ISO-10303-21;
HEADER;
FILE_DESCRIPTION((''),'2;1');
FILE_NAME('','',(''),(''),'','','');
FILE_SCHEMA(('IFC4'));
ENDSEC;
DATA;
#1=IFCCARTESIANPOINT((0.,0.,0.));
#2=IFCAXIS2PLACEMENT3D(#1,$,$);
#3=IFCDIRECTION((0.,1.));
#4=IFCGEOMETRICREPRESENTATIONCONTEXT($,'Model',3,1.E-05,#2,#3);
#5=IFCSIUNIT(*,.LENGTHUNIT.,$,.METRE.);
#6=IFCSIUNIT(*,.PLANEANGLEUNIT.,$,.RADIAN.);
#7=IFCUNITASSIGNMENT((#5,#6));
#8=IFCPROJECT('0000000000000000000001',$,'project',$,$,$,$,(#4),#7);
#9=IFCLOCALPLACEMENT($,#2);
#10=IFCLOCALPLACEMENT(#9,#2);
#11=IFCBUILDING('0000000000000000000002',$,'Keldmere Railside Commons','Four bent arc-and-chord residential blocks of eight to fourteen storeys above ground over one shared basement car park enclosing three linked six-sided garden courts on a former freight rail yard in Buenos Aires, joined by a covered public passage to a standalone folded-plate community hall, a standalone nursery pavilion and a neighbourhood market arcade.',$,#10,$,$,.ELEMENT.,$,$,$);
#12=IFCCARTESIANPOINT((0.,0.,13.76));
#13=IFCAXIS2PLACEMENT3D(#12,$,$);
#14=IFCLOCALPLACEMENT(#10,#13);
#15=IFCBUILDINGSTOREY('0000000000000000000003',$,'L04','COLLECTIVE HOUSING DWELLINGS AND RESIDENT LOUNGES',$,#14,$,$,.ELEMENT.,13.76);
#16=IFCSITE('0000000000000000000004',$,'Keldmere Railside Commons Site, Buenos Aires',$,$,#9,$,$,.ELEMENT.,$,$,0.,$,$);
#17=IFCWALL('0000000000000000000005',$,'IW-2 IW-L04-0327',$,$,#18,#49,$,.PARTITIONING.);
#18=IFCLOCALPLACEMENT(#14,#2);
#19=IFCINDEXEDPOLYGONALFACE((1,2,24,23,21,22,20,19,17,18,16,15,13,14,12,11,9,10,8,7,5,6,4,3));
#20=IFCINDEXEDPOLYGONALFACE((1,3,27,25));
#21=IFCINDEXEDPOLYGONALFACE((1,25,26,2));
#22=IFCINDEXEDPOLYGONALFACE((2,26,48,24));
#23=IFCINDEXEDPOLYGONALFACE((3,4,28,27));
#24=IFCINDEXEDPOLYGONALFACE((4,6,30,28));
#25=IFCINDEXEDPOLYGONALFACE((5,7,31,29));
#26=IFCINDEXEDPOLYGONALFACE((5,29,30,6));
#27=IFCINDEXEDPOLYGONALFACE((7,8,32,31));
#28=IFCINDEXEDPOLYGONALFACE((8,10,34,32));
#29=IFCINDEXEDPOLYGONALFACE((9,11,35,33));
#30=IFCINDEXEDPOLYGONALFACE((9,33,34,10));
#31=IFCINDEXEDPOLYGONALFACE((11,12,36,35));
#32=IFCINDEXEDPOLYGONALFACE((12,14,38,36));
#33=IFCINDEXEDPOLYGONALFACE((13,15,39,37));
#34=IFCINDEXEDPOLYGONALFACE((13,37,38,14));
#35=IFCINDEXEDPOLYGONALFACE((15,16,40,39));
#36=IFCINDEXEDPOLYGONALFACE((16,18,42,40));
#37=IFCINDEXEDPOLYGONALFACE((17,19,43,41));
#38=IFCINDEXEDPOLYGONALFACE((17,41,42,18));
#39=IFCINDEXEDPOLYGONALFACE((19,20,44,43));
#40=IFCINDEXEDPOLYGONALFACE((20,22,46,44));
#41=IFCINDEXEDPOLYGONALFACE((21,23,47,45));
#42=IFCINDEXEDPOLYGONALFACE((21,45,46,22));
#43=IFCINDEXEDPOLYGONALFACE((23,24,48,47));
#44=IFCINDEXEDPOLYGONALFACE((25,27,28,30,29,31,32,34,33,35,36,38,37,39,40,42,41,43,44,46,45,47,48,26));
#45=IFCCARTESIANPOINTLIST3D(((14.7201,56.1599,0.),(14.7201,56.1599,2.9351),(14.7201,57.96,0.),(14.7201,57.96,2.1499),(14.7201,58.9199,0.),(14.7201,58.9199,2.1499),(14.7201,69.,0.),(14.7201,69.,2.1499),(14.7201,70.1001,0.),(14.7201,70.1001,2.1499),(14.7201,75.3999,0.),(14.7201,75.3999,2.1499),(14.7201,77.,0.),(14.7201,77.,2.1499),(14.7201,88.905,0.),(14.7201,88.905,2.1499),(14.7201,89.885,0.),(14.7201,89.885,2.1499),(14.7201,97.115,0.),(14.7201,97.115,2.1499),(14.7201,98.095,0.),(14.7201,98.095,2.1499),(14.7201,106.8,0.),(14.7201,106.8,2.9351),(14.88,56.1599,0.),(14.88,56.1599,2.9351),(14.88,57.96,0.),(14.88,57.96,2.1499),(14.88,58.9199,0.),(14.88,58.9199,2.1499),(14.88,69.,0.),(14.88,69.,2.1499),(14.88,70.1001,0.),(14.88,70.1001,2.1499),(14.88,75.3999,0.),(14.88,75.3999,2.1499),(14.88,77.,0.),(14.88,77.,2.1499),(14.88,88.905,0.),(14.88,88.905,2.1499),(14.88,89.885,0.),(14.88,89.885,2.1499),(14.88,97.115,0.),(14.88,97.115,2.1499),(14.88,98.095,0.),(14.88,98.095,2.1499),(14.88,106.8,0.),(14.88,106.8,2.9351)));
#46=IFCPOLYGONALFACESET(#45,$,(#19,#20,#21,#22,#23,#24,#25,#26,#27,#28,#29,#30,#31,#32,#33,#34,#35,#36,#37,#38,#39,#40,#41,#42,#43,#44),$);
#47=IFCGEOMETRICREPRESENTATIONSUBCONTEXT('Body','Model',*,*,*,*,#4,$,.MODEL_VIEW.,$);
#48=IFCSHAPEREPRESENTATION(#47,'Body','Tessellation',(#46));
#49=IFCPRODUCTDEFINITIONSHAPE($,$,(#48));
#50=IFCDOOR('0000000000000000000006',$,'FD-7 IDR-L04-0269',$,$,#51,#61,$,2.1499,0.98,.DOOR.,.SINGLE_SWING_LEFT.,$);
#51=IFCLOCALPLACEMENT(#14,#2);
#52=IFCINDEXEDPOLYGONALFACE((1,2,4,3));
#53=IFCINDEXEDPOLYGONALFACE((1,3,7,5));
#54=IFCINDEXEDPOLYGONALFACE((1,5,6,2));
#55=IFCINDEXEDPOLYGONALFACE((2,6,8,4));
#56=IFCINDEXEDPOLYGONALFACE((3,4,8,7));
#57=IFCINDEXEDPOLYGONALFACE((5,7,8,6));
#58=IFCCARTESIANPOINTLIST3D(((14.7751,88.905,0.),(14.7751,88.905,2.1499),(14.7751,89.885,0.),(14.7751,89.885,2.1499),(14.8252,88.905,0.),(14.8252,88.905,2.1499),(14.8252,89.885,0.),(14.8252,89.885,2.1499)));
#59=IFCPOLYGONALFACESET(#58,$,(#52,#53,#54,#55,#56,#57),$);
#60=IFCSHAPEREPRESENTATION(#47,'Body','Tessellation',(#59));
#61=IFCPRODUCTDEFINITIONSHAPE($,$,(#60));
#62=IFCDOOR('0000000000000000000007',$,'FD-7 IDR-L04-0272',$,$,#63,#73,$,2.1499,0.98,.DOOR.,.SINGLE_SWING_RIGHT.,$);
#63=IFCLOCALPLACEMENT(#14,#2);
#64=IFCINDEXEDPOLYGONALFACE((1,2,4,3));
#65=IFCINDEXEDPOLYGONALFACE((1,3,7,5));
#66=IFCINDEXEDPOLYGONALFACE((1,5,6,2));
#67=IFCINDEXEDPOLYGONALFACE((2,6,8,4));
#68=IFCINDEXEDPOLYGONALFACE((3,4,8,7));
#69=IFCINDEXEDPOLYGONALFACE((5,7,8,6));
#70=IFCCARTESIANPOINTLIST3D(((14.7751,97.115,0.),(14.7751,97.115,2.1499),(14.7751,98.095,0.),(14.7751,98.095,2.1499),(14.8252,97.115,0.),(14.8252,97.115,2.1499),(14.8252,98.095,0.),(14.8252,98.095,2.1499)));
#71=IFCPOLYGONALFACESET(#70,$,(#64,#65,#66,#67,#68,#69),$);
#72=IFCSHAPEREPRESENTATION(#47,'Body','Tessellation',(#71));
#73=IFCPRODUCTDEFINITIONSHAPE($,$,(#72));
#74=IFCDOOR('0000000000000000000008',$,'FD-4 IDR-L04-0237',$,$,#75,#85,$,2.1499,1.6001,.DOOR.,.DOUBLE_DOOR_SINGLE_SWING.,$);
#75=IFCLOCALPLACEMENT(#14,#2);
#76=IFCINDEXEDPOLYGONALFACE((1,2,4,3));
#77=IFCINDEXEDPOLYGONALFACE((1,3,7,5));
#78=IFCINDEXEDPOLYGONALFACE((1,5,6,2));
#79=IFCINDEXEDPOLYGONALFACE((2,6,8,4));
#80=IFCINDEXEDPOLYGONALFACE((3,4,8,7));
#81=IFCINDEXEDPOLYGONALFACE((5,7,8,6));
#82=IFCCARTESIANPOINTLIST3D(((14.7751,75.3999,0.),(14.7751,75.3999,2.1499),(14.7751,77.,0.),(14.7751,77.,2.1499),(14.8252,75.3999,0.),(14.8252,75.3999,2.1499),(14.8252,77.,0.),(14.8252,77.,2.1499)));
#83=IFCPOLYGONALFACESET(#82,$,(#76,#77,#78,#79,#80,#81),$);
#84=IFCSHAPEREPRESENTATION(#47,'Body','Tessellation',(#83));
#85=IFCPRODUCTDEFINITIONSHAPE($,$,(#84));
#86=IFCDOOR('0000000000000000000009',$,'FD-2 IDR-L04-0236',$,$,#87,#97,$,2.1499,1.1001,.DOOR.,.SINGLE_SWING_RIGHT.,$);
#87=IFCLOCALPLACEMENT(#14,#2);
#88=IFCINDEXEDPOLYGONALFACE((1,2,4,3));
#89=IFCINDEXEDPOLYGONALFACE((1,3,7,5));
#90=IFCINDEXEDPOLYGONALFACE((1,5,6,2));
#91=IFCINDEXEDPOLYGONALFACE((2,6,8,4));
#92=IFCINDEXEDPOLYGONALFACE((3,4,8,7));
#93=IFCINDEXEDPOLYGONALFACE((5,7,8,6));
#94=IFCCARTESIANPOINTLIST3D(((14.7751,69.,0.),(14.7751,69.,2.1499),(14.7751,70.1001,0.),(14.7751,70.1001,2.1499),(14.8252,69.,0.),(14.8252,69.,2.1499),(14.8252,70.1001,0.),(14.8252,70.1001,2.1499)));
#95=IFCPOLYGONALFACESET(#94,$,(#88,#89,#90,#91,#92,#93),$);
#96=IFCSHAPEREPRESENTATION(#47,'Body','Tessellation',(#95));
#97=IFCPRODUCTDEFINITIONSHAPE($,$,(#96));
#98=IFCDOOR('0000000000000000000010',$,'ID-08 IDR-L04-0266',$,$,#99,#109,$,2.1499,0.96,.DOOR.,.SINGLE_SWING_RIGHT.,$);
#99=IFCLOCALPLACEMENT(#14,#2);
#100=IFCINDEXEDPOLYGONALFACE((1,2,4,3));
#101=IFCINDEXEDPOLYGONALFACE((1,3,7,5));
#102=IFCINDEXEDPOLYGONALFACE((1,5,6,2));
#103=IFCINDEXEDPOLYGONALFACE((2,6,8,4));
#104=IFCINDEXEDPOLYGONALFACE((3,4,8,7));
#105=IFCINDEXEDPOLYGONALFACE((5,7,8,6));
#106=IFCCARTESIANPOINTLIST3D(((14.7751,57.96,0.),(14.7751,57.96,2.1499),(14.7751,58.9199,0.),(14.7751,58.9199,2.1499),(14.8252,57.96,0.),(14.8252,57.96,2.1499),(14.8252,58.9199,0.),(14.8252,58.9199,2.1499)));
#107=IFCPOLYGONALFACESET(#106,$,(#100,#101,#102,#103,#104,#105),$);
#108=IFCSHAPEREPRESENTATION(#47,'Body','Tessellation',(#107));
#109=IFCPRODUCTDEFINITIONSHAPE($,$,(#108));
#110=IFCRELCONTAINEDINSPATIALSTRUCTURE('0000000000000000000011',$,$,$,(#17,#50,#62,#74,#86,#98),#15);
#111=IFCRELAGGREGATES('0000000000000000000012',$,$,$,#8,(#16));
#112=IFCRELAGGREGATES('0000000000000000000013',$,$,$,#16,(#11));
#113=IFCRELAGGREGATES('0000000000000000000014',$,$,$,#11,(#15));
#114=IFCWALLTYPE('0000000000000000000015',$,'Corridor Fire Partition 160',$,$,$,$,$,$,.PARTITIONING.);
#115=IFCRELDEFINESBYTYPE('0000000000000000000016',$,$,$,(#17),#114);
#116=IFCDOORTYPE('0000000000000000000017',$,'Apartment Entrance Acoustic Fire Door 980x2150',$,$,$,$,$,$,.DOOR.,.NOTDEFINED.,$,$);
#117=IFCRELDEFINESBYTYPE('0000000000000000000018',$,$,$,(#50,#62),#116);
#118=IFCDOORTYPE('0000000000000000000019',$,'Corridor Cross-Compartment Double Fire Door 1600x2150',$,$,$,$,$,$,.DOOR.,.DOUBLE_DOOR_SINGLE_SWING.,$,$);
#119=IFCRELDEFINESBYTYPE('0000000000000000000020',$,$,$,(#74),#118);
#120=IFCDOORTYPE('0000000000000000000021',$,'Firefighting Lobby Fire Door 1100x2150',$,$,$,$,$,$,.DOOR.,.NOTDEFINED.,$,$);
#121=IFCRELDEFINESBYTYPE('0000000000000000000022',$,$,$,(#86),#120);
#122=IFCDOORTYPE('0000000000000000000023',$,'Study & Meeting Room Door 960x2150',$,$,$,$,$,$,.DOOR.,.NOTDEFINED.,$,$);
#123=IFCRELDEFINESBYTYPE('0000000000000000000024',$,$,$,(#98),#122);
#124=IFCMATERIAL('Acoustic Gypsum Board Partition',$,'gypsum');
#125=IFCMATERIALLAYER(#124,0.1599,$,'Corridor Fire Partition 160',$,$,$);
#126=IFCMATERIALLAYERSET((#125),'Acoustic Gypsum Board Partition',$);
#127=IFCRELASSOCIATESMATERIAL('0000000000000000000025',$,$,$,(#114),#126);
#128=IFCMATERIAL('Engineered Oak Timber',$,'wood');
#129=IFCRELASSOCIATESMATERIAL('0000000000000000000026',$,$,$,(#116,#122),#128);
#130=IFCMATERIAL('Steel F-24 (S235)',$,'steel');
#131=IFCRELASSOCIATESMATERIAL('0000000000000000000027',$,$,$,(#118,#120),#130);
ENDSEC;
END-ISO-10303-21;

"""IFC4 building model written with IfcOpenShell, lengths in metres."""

from ifc_helpers import new_model, si_unit, direction, frame, frame_2d, origin, place, context, subcontext, project, spatial, rectangle, extrude, material, layer, layer_set, type_object, element, fill, save


model = new_model("IFC4")

# Units and contexts
model_context = context("Model", 3, precision=1e-05, world=origin(), true_north=direction((0.0, 1.0)))
body_context = subcontext(model_context, "Body", "Model", "MODEL_VIEW")
ifc_project = project(units=[si_unit("LENGTHUNIT", "METRE"), si_unit("PLANEANGLEUNIT", "RADIAN")], contexts=[model_context])

# Site, building, storey
site_placement = place(None, origin())
site = spatial("IfcSite", under=ifc_project, at=site_placement, Name="Keldmere Railside Commons Site, Buenos Aires", CompositionType="ELEMENT", RefElevation=0.0)
building_placement = place(site_placement, origin())
building = spatial("IfcBuilding", under=site, at=building_placement, Name="Keldmere Railside Commons", Description="Four bent arc-and-chord residential blocks of eight to fourteen storeys above ground over one shared basement car park enclosing three linked six-sided garden courts on a former freight rail yard in Buenos Aires, joined by a covered public passage to a standalone folded-plate community hall, a standalone nursery pavilion and a neighbourhood market arcade.", CompositionType="ELEMENT")
storey_placement = place(building_placement, frame((0.0, 0.0, 13.76)))
storey = spatial("IfcBuildingStorey", under=building, at=storey_placement, Name="L04", Description="COLLECTIVE HOUSING DWELLINGS AND RESIDENT LOUNGES", CompositionType="ELEMENT", Elevation=13.76)

# Wall, openings, doors
ifc_material_1 = material(Name="Acoustic Gypsum Board Partition", Category="gypsum")
ifc_material_2 = material(Name="Engineered Oak Timber", Category="wood")
ifc_layer_1 = layer(ifc_material_1, 0.1599, Name="Corridor Fire Partition 160")
ifc_layer_set_1 = layer_set([ifc_layer_1], Name="Acoustic Gypsum Board Partition")
wall_type_1 = type_object("IfcWallType", Name="Corridor Fire Partition 160", PredefinedType="PARTITIONING", material=ifc_layer_set_1)
wall_1_placement = place(storey_placement, frame((14.8, 56.1599, 0.0), z_axis=(0.0, 0.0, 1.0), x_axis=(0.0, 1.0, 0.0)))
wall_1 = element("IfcWall", 1, at=wall_1_placement, inside=storey, type_object=wall_type_1, Name="IW-2 IW-L04-0327", PredefinedType="PARTITIONING", context=body_context, shape_type="SweptSolid", body=[
    extrude(rectangle(XDim=50.6401, YDim=0.1599, at=frame_2d((25.3201, 0.0))), origin(), (0.0, 0.0, 1.0), 2.9351),
])
opening_1_placement = place(wall_1_placement, frame((12.8401, 0.0, 0.0)))
opening_1 = element("IfcOpeningElement", 2, at=opening_1_placement, cuts=wall_1, PredefinedType="OPENING", context=body_context, shape_type="SweptSolid", body=[
    extrude(rectangle(XDim=1.1001, YDim=2.1499, at=frame_2d((0.55, 1.075))), frame((0.0, 0.0898, 0.0), z_axis=(0.0, -1.0, 0.0), x_axis=(1.0, 0.0, 0.0)), (0.0, 0.0, 1.0), 0.1799),
])
opening_2_placement = place(wall_1_placement, frame((19.24, 0.0, 0.0)))
opening_2 = element("IfcOpeningElement", 3, at=opening_2_placement, cuts=wall_1, PredefinedType="OPENING", context=body_context, shape_type="SweptSolid", body=[
    extrude(rectangle(XDim=1.6001, YDim=2.1499, at=frame_2d((0.8, 1.075))), frame((0.0, 0.0898, 0.0), z_axis=(0.0, -1.0, 0.0), x_axis=(1.0, 0.0, 0.0)), (0.0, 0.0, 1.0), 0.1799),
])
opening_3_placement = place(wall_1_placement, frame((1.8, 0.0, 0.0)))
opening_3 = element("IfcOpeningElement", 4, at=opening_3_placement, cuts=wall_1, PredefinedType="OPENING", context=body_context, shape_type="SweptSolid", body=[
    extrude(rectangle(XDim=0.96, YDim=2.1499, at=frame_2d((0.48, 1.075))), frame((0.0, 0.0898, 0.0), z_axis=(0.0, -1.0, 0.0), x_axis=(1.0, 0.0, 0.0)), (0.0, 0.0, 1.0), 0.1799),
])
opening_4_placement = place(wall_1_placement, frame((32.7451, 0.0, 0.0)))
opening_4 = element("IfcOpeningElement", 5, at=opening_4_placement, cuts=wall_1, PredefinedType="OPENING", context=body_context, shape_type="SweptSolid", body=[
    extrude(rectangle(XDim=0.98, YDim=2.1499, at=frame_2d((0.49, 1.075))), frame((0.0, 0.0898, 0.0), z_axis=(0.0, -1.0, 0.0), x_axis=(1.0, 0.0, 0.0)), (0.0, 0.0, 1.0), 0.1799),
])
opening_5_placement = place(wall_1_placement, frame((40.9551, 0.0, 0.0)))
opening_5 = element("IfcOpeningElement", 6, at=opening_5_placement, cuts=wall_1, PredefinedType="OPENING", context=body_context, shape_type="SweptSolid", body=[
    extrude(rectangle(XDim=0.98, YDim=2.1499, at=frame_2d((0.49, 1.075))), frame((0.0, 0.0898, 0.0), z_axis=(0.0, -1.0, 0.0), x_axis=(1.0, 0.0, 0.0)), (0.0, 0.0, 1.0), 0.1799),
])
door_type_1 = type_object("IfcDoorType", Name="Apartment Entrance Acoustic Fire Door 980x2150", OperationType="NOTDEFINED", PredefinedType="DOOR", material=ifc_material_2)
door_1_placement = place(opening_4_placement, origin())
door_1 = element("IfcDoor", 7, at=door_1_placement, inside=storey, type_object=door_type_1, Name="FD-7 IDR-L04-0269", OperationType="SINGLE_SWING_LEFT", OverallHeight=2.1499, OverallWidth=0.98, PredefinedType="DOOR", context=body_context, shape_type="SweptSolid", body=[
    extrude(rectangle(XDim=0.98, YDim=2.1499, at=frame_2d((0.49, 1.075))), frame((0.0, 0.0249, 0.0), z_axis=(0.0, -1.0, 0.0), x_axis=(1.0, 0.0, 0.0)), (0.0, 0.0, 1.0), 0.05),
])
fill(opening_4, door_1)
door_2_placement = place(opening_5_placement, origin())
door_2 = element("IfcDoor", 8, at=door_2_placement, inside=storey, type_object=door_type_1, Name="FD-7 IDR-L04-0272", OperationType="SINGLE_SWING_RIGHT", OverallHeight=2.1499, OverallWidth=0.98, PredefinedType="DOOR", context=body_context, shape_type="SweptSolid", body=[
    extrude(rectangle(XDim=0.98, YDim=2.1499, at=frame_2d((0.49, 1.075))), frame((0.0, 0.0249, 0.0), z_axis=(0.0, -1.0, 0.0), x_axis=(1.0, 0.0, 0.0)), (0.0, 0.0, 1.0), 0.05),
])
fill(opening_5, door_2)
ifc_material_3 = material(Name="Steel F-24 (S235)", Category="steel")
door_type_2 = type_object("IfcDoorType", Name="Corridor Cross-Compartment Double Fire Door 1600x2150", OperationType="DOUBLE_DOOR_SINGLE_SWING", PredefinedType="DOOR", material=ifc_material_3)
door_3_placement = place(opening_2_placement, origin())
door_3 = element("IfcDoor", 9, at=door_3_placement, inside=storey, type_object=door_type_2, Name="FD-4 IDR-L04-0237", OperationType="DOUBLE_DOOR_SINGLE_SWING", OverallHeight=2.1499, OverallWidth=1.6001, PredefinedType="DOOR", context=body_context, shape_type="SweptSolid", body=[
    extrude(rectangle(XDim=1.6001, YDim=2.1499, at=frame_2d((0.8, 1.075))), frame((0.0, 0.0249, 0.0), z_axis=(0.0, -1.0, 0.0), x_axis=(1.0, 0.0, 0.0)), (0.0, 0.0, 1.0), 0.05),
])
fill(opening_2, door_3)
door_type_3 = type_object("IfcDoorType", Name="Firefighting Lobby Fire Door 1100x2150", OperationType="NOTDEFINED", PredefinedType="DOOR", material=ifc_material_3)
door_4_placement = place(opening_1_placement, origin())
door_4 = element("IfcDoor", 10, at=door_4_placement, inside=storey, type_object=door_type_3, Name="FD-2 IDR-L04-0236", OperationType="SINGLE_SWING_RIGHT", OverallHeight=2.1499, OverallWidth=1.1001, PredefinedType="DOOR", context=body_context, shape_type="SweptSolid", body=[
    extrude(rectangle(XDim=1.1001, YDim=2.1499, at=frame_2d((0.55, 1.075))), frame((0.0, 0.0249, 0.0), z_axis=(0.0, -1.0, 0.0), x_axis=(1.0, 0.0, 0.0)), (0.0, 0.0, 1.0), 0.05),
])
fill(opening_1, door_4)
door_type_4 = type_object("IfcDoorType", Name="Study & Meeting Room Door 960x2150", OperationType="NOTDEFINED", PredefinedType="DOOR", material=ifc_material_2)
door_5_placement = place(opening_3_placement, origin())
door_5 = element("IfcDoor", 11, at=door_5_placement, inside=storey, type_object=door_type_4, Name="ID-08 IDR-L04-0266", OperationType="SINGLE_SWING_RIGHT", OverallHeight=2.1499, OverallWidth=0.96, PredefinedType="DOOR", context=body_context, shape_type="SweptSolid", body=[
    extrude(rectangle(XDim=0.96, YDim=2.1499, at=frame_2d((0.48, 1.075))), frame((0.0, 0.0249, 0.0), z_axis=(0.0, -1.0, 0.0), x_axis=(1.0, 0.0, 0.0)), (0.0, 0.0, 1.0), 0.05),
])
fill(opening_3, door_5)

save(model, "model.ifc")
